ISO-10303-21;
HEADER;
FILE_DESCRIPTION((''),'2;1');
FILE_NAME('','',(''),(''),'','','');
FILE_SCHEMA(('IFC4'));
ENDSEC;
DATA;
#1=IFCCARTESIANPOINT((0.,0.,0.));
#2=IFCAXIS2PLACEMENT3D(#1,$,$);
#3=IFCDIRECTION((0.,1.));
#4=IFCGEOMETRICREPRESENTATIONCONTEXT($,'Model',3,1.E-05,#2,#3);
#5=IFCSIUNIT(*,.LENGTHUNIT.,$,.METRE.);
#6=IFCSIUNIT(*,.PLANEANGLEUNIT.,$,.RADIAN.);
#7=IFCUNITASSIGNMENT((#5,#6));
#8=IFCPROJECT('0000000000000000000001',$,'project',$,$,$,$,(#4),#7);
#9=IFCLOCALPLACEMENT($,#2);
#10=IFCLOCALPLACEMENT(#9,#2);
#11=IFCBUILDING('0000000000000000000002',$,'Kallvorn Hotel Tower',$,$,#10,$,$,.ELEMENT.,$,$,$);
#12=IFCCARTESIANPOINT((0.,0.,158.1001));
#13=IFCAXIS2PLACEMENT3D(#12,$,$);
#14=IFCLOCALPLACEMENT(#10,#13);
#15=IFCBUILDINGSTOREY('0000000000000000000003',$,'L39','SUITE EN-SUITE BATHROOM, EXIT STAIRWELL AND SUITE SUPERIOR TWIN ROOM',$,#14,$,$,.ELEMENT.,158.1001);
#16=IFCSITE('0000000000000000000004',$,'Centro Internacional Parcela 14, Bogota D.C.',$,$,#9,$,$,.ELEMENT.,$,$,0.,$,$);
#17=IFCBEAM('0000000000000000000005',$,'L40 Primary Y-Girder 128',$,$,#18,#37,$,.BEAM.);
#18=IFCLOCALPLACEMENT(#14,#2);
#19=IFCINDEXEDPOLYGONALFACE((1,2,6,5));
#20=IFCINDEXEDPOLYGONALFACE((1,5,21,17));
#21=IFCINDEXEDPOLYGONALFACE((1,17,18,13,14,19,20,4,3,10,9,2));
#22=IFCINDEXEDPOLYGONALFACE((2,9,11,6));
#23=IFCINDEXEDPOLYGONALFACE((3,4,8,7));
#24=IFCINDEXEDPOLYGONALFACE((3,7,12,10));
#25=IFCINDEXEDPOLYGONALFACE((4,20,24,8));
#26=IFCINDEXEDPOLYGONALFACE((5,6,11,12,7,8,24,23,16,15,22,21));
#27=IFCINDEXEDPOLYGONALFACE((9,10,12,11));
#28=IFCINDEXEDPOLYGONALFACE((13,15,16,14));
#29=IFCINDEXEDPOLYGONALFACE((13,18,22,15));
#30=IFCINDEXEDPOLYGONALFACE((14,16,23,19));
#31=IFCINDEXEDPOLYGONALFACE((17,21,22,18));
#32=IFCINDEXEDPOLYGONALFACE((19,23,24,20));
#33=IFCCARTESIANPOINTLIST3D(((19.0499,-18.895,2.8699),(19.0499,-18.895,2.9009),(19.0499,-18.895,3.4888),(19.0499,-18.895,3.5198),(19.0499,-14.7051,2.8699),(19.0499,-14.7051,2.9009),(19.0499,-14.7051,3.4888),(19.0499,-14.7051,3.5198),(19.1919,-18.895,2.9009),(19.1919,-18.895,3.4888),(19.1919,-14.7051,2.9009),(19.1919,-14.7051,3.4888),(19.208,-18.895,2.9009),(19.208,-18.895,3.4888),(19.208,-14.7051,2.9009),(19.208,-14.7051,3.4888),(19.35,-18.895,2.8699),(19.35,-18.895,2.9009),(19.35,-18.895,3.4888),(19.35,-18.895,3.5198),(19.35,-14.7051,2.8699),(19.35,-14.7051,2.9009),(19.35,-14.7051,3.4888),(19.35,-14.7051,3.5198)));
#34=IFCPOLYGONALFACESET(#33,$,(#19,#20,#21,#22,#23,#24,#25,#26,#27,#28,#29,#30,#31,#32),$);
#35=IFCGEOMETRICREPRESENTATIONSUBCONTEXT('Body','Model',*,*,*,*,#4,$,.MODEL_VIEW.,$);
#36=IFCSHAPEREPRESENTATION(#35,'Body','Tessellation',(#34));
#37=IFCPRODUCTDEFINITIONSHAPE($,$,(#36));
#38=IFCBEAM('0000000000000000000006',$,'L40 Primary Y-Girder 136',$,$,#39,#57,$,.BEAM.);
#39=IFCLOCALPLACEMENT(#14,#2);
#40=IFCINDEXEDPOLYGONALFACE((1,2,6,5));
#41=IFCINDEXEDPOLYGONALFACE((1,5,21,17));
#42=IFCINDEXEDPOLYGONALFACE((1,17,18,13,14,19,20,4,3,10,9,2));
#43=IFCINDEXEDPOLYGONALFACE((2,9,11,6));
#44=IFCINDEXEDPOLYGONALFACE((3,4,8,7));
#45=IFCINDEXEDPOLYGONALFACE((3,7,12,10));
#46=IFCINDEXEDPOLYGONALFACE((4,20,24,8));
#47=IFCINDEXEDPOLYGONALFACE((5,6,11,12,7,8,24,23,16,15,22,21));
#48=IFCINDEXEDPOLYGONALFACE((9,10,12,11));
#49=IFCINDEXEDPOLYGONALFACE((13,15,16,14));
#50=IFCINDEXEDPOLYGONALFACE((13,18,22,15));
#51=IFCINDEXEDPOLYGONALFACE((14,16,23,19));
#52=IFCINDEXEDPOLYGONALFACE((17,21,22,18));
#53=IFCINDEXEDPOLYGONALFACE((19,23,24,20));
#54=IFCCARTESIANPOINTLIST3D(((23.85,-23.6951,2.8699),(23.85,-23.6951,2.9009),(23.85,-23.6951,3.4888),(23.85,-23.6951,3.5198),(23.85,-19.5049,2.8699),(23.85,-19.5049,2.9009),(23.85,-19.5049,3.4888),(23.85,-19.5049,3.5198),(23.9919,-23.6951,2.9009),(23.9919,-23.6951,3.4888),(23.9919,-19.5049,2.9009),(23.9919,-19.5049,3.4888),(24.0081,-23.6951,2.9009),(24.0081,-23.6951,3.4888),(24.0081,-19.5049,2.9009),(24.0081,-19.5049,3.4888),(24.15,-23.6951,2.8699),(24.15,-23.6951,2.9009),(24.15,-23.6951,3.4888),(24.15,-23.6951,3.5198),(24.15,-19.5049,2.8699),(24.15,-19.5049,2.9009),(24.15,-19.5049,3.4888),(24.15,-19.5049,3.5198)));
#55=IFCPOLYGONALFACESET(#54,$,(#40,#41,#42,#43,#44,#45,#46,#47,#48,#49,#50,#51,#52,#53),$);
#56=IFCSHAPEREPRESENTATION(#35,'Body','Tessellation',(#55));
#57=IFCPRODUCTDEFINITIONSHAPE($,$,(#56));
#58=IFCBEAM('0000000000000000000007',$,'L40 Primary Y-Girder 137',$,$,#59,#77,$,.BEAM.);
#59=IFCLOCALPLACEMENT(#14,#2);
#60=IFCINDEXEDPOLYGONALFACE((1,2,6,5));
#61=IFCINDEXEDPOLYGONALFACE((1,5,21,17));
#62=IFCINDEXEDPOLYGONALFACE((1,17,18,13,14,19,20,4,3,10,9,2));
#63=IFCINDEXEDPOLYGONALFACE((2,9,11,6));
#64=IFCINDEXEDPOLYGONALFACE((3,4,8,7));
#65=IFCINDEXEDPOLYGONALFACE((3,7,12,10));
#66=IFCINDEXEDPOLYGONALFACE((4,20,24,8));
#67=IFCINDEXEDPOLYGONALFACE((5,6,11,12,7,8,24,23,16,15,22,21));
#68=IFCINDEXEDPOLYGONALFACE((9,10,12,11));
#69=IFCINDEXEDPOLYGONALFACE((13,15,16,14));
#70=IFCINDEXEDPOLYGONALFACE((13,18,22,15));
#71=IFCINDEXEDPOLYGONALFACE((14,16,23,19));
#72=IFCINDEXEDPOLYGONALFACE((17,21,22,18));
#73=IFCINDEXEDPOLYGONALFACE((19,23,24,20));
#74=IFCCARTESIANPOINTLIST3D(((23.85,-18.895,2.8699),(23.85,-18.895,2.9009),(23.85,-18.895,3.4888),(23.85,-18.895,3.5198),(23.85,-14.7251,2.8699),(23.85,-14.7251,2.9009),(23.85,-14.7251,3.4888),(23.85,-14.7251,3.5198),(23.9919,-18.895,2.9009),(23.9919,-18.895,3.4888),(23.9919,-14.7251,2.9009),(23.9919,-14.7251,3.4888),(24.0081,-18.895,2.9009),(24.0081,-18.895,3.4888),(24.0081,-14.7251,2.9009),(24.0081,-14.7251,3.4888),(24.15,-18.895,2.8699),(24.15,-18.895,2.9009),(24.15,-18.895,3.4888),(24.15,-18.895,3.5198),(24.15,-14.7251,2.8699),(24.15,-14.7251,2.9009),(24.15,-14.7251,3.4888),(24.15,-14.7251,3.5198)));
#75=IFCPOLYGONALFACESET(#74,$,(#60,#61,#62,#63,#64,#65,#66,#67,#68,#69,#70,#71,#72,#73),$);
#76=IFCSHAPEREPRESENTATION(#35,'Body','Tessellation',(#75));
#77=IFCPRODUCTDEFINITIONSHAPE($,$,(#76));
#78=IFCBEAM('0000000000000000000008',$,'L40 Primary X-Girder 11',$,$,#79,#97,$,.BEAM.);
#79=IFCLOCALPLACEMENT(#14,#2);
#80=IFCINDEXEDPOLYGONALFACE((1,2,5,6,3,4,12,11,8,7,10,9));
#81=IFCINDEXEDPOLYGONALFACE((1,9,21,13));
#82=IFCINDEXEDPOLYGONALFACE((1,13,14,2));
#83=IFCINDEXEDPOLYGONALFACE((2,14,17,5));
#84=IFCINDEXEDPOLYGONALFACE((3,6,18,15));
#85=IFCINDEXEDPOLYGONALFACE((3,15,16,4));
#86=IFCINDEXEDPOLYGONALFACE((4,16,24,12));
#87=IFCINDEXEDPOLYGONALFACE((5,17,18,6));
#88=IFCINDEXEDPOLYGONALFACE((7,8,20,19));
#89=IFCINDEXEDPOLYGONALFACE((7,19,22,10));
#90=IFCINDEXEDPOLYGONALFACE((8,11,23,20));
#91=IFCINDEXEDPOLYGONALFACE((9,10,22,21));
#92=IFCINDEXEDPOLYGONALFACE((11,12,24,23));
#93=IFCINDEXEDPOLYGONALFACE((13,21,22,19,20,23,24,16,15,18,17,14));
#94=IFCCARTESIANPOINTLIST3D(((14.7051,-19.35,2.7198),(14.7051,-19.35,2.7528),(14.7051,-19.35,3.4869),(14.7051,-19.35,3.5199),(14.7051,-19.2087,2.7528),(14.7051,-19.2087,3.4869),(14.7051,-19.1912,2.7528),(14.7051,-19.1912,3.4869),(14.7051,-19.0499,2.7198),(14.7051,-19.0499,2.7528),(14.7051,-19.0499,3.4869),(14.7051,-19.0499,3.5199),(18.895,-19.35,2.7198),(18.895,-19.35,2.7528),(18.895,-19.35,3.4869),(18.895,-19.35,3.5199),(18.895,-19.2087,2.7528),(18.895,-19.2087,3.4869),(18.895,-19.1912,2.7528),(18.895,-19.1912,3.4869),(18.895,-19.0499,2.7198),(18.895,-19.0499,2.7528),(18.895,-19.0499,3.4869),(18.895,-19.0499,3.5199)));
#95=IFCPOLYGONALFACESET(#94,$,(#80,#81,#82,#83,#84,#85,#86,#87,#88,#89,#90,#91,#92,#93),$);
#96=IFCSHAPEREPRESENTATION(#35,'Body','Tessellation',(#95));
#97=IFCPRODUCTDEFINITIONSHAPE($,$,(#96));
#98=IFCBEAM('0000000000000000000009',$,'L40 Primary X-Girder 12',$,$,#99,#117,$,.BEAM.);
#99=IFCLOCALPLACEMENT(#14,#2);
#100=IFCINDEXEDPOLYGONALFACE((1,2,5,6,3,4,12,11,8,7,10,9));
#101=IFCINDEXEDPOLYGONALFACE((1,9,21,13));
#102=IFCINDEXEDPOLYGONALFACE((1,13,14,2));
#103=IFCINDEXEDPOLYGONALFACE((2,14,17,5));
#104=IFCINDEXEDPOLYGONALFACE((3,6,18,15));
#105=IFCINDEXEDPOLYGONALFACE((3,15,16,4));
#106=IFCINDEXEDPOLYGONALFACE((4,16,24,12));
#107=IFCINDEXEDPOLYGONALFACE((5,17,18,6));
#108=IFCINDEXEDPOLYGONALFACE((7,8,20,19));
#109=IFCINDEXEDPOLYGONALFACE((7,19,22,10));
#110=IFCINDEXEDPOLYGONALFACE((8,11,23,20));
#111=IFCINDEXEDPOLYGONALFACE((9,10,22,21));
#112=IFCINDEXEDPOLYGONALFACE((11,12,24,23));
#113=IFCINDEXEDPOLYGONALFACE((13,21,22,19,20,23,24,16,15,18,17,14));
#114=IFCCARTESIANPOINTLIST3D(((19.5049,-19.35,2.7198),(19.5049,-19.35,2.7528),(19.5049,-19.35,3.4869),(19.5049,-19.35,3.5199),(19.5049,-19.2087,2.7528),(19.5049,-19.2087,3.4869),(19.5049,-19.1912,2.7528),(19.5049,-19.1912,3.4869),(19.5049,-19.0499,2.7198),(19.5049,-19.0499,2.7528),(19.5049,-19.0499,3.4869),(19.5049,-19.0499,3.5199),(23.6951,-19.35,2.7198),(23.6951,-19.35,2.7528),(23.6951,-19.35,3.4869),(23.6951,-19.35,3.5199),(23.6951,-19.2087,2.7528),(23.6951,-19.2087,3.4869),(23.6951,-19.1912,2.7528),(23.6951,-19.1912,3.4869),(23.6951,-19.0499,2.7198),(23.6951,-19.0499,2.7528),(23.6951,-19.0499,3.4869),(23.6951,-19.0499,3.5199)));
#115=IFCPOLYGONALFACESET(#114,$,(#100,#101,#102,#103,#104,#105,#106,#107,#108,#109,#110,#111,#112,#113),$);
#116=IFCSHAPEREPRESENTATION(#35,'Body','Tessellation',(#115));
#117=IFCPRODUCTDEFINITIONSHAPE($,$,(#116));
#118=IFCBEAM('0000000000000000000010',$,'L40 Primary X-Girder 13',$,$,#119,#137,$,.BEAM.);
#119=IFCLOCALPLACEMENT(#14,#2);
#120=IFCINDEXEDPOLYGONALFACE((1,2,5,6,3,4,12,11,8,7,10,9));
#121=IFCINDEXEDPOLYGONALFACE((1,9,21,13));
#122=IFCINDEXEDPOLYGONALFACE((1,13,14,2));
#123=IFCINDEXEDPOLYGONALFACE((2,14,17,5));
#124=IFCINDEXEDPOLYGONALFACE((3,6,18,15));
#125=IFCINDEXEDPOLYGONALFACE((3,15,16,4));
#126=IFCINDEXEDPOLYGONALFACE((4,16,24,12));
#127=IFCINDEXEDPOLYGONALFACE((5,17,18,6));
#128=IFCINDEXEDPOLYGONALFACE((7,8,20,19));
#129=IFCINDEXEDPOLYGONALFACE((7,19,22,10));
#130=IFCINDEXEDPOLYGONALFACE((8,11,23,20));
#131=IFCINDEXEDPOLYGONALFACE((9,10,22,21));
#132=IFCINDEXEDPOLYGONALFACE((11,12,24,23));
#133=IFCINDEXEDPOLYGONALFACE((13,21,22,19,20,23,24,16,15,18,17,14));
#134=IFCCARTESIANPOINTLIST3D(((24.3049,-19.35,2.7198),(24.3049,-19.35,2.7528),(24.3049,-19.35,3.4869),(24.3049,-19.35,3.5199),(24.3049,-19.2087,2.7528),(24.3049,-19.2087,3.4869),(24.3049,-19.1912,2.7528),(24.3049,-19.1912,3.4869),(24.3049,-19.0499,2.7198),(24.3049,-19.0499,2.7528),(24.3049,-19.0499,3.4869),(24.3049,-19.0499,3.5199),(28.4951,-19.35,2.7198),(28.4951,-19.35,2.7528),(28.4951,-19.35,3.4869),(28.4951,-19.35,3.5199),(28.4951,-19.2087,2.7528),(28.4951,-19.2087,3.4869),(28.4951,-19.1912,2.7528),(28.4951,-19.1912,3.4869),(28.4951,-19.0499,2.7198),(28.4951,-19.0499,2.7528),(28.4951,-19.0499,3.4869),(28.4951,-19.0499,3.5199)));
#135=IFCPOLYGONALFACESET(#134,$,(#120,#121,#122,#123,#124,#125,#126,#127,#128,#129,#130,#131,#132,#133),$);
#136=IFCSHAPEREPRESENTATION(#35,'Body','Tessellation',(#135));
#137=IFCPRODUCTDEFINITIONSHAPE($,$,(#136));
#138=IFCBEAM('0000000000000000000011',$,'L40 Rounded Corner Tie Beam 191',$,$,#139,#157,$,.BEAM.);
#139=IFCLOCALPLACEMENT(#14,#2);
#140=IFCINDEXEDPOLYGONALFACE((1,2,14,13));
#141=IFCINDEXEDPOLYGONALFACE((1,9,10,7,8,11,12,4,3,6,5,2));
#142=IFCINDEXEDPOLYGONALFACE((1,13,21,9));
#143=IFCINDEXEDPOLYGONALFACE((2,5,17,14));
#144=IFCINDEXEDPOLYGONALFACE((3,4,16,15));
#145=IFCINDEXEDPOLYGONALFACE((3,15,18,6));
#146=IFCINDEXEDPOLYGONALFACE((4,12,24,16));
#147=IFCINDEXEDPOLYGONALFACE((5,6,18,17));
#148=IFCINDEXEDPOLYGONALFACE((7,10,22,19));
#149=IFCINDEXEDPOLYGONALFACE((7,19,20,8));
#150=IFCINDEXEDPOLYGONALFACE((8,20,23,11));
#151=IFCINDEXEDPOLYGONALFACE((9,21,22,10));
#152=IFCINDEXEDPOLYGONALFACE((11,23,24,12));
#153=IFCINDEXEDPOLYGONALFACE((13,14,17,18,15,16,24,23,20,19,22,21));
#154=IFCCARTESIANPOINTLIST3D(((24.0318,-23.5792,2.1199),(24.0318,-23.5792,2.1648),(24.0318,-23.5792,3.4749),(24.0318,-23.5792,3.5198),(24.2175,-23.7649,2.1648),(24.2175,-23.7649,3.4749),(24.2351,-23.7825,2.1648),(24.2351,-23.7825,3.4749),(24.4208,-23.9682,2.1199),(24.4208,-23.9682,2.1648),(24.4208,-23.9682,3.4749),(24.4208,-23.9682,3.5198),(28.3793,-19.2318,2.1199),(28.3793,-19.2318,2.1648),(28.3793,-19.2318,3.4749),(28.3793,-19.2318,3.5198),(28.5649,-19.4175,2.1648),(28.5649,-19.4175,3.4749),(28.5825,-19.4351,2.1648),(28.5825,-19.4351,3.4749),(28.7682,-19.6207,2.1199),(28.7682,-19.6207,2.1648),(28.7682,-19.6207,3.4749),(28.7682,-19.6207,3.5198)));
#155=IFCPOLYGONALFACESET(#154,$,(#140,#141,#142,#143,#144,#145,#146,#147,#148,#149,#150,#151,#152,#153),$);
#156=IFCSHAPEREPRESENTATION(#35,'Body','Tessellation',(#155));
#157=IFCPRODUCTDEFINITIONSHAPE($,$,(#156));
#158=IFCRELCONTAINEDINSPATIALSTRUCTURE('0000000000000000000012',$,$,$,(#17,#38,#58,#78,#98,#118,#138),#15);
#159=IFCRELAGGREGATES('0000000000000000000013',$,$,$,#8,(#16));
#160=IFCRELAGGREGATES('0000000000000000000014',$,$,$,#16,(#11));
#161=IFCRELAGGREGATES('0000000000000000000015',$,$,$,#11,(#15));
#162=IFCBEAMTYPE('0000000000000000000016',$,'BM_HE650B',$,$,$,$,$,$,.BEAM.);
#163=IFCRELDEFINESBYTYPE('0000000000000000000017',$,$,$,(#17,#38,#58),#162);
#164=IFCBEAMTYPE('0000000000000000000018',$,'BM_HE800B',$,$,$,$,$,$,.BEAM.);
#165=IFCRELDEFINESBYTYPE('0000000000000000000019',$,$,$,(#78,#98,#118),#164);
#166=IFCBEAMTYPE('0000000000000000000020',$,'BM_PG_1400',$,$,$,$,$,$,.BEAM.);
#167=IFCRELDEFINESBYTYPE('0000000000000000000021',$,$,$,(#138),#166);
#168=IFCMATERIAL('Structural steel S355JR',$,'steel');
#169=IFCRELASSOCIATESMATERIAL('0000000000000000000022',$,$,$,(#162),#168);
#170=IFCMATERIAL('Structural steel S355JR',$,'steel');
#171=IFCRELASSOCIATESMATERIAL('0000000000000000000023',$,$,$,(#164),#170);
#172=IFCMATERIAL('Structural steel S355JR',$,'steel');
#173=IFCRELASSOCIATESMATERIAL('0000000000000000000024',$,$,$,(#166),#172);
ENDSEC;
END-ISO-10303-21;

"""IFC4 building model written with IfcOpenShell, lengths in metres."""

from ifc_helpers import new_model, si_unit, direction, frame, origin, origin_2d, place, context, subcontext, project, spatial, i_section, extrude, material, material_profile, profile_set, type_object, element, save


model = new_model("IFC4")

# Units and contexts
model_context = context("Model", 3, precision=1e-05, world=origin(), true_north=direction((0.0, 1.0)))
body_context = subcontext(model_context, "Body", "Model", "MODEL_VIEW")
ifc_project = project(units=[si_unit("LENGTHUNIT", "METRE"), si_unit("PLANEANGLEUNIT", "RADIAN")], contexts=[model_context])

# Site, building, storey
site_placement = place(None, origin())
site = spatial("IfcSite", under=ifc_project, at=site_placement, Name="Centro Internacional Parcela 14, Bogota D.C.", CompositionType="ELEMENT", RefElevation=0.0)
building_placement = place(site_placement, origin())
building = spatial("IfcBuilding", under=site, at=building_placement, Name="Kallvorn Hotel Tower", CompositionType="ELEMENT")
storey_placement = place(building_placement, frame((0.0, 0.0, 158.1001)))
storey = spatial("IfcBuildingStorey", under=building, at=storey_placement, Name="L39", Description="SUITE EN-SUITE BATHROOM, EXIT STAIRWELL AND SUITE SUPERIOR TWIN ROOM", CompositionType="ELEMENT", Elevation=158.1001)

# Beams
ifc_material_1 = material(Name="Structural steel S355JR", Category="steel")
ifc_material_profile_1 = material_profile(ifc_material_1, i_section(OverallWidth=0.3, OverallDepth=0.6499, WebThickness=0.0161, FlangeThickness=0.031, at=origin_2d()), Name="HE 650 B")
ifc_profile_set_1 = profile_set([ifc_material_profile_1], Name="Structural steel S355JR")
beam_type_1 = type_object("IfcBeamType", Name="BM_HE650B", PredefinedType="BEAM", material=ifc_profile_set_1)
beam_1_placement = place(storey_placement, frame((19.2, -18.895, 3.1948), z_axis=(0.0, 1.0, 0.0), x_axis=(-1.0, 0.0, 0.0)))
element("IfcBeam", 1, at=beam_1_placement, inside=storey, type_object=beam_type_1, Name="L40 Primary Y-Girder 128", PredefinedType="BEAM", context=body_context, shape_type="SweptSolid", body=[
    extrude(i_section(OverallWidth=0.3, OverallDepth=0.6499, WebThickness=0.0161, FlangeThickness=0.031, at=origin_2d()), origin(), (0.0, 0.0, 1.0), 4.1899),
])
beam_2_placement = place(storey_placement, frame((24.0, -23.6951, 3.1948), z_axis=(0.0, 1.0, 0.0), x_axis=(-1.0, 0.0, 0.0)))
element("IfcBeam", 2, at=beam_2_placement, inside=storey, type_object=beam_type_1, Name="L40 Primary Y-Girder 136", PredefinedType="BEAM", context=body_context, shape_type="SweptSolid", body=[
    extrude(i_section(OverallWidth=0.3, OverallDepth=0.6499, WebThickness=0.0161, FlangeThickness=0.031, at=origin_2d()), origin(), (0.0, 0.0, 1.0), 4.1902),
])
beam_3_placement = place(storey_placement, frame((24.0, -18.895, 3.1948), z_axis=(0.0, 1.0, 0.0), x_axis=(-1.0, 0.0, 0.0)))
element("IfcBeam", 3, at=beam_3_placement, inside=storey, type_object=beam_type_1, Name="L40 Primary Y-Girder 137", PredefinedType="BEAM", context=body_context, shape_type="SweptSolid", body=[
    extrude(i_section(OverallWidth=0.3, OverallDepth=0.6499, WebThickness=0.0161, FlangeThickness=0.031, at=origin_2d()), origin(), (0.0, 0.0, 1.0), 4.1699),
])
ifc_material_2 = material(Name="Structural steel S355JR", Category="steel")
ifc_material_profile_2 = material_profile(ifc_material_2, i_section(OverallWidth=0.3, OverallDepth=0.8, WebThickness=0.0176, FlangeThickness=0.033, at=origin_2d()), Name="HE 800 B")
ifc_profile_set_2 = profile_set([ifc_material_profile_2], Name="Structural steel S355JR")
beam_type_2 = type_object("IfcBeamType", Name="BM_HE800B", PredefinedType="BEAM", material=ifc_profile_set_2)
beam_4_placement = place(storey_placement, frame((14.7051, -19.2, 3.1199), z_axis=(1.0, 0.0, 0.0), x_axis=(0.0, 1.0, 0.0)))
element("IfcBeam", 4, at=beam_4_placement, inside=storey, type_object=beam_type_2, Name="L40 Primary X-Girder 11", PredefinedType="BEAM", context=body_context, shape_type="SweptSolid", body=[
    extrude(i_section(OverallWidth=0.3, OverallDepth=0.8, WebThickness=0.0176, FlangeThickness=0.033, at=origin_2d()), origin(), (0.0, 0.0, 1.0), 4.1899),
])
for number, where, z_axis, x_axis, name in (
    (5, (19.5049, -19.2, 3.1199), (1.0, 0.0, 0.0), (0.0, 1.0, 0.0), "L40 Primary X-Girder 12"),
    (6, (24.3049, -19.2, 3.1199), (1.0, 0.0, 0.0), (0.0, 1.0, 0.0), "L40 Primary X-Girder 13"),
):
    element("IfcBeam", number, at=place(storey_placement, frame(where, z_axis=z_axis, x_axis=x_axis)), inside=storey, type_object=beam_type_2, Name=name, PredefinedType="BEAM", context=body_context, shape_type="SweptSolid", body=[
        extrude(i_section(OverallWidth=0.3, OverallDepth=0.8, WebThickness=0.0176, FlangeThickness=0.033, at=origin_2d()), origin(), (0.0, 0.0, 1.0), 4.1902),
    ])
ifc_material_3 = material(Name="Structural steel S355JR", Category="steel")
ifc_material_profile_3 = material_profile(ifc_material_3, i_section(OverallWidth=0.55, OverallDepth=1.3999, WebThickness=0.0249, FlangeThickness=0.0449, at=origin_2d()), Name="PG 1400x550x25x45")
ifc_profile_set_3 = profile_set([ifc_material_profile_3], Name="Structural steel S355JR")
beam_type_3 = type_object("IfcBeamType", Name="BM_PG_1400", PredefinedType="BEAM", material=ifc_profile_set_3)
beam_5_placement = place(storey_placement, frame((28.5737, -19.4263, 2.8198), z_axis=(-0.707107, -0.707107, 0.0), x_axis=(0.707107, -0.707107, 0.0)))
element("IfcBeam", 7, at=beam_5_placement, inside=storey, type_object=beam_type_3, Name="L40 Rounded Corner Tie Beam 191", PredefinedType="BEAM", context=body_context, shape_type="SweptSolid", body=[
    extrude(i_section(OverallWidth=0.55, OverallDepth=1.3999, WebThickness=0.0249, FlangeThickness=0.0449, at=origin_2d()), origin(), (0.0, 0.0, 1.0), 6.1482),
])

save(model, "model.ifc")
